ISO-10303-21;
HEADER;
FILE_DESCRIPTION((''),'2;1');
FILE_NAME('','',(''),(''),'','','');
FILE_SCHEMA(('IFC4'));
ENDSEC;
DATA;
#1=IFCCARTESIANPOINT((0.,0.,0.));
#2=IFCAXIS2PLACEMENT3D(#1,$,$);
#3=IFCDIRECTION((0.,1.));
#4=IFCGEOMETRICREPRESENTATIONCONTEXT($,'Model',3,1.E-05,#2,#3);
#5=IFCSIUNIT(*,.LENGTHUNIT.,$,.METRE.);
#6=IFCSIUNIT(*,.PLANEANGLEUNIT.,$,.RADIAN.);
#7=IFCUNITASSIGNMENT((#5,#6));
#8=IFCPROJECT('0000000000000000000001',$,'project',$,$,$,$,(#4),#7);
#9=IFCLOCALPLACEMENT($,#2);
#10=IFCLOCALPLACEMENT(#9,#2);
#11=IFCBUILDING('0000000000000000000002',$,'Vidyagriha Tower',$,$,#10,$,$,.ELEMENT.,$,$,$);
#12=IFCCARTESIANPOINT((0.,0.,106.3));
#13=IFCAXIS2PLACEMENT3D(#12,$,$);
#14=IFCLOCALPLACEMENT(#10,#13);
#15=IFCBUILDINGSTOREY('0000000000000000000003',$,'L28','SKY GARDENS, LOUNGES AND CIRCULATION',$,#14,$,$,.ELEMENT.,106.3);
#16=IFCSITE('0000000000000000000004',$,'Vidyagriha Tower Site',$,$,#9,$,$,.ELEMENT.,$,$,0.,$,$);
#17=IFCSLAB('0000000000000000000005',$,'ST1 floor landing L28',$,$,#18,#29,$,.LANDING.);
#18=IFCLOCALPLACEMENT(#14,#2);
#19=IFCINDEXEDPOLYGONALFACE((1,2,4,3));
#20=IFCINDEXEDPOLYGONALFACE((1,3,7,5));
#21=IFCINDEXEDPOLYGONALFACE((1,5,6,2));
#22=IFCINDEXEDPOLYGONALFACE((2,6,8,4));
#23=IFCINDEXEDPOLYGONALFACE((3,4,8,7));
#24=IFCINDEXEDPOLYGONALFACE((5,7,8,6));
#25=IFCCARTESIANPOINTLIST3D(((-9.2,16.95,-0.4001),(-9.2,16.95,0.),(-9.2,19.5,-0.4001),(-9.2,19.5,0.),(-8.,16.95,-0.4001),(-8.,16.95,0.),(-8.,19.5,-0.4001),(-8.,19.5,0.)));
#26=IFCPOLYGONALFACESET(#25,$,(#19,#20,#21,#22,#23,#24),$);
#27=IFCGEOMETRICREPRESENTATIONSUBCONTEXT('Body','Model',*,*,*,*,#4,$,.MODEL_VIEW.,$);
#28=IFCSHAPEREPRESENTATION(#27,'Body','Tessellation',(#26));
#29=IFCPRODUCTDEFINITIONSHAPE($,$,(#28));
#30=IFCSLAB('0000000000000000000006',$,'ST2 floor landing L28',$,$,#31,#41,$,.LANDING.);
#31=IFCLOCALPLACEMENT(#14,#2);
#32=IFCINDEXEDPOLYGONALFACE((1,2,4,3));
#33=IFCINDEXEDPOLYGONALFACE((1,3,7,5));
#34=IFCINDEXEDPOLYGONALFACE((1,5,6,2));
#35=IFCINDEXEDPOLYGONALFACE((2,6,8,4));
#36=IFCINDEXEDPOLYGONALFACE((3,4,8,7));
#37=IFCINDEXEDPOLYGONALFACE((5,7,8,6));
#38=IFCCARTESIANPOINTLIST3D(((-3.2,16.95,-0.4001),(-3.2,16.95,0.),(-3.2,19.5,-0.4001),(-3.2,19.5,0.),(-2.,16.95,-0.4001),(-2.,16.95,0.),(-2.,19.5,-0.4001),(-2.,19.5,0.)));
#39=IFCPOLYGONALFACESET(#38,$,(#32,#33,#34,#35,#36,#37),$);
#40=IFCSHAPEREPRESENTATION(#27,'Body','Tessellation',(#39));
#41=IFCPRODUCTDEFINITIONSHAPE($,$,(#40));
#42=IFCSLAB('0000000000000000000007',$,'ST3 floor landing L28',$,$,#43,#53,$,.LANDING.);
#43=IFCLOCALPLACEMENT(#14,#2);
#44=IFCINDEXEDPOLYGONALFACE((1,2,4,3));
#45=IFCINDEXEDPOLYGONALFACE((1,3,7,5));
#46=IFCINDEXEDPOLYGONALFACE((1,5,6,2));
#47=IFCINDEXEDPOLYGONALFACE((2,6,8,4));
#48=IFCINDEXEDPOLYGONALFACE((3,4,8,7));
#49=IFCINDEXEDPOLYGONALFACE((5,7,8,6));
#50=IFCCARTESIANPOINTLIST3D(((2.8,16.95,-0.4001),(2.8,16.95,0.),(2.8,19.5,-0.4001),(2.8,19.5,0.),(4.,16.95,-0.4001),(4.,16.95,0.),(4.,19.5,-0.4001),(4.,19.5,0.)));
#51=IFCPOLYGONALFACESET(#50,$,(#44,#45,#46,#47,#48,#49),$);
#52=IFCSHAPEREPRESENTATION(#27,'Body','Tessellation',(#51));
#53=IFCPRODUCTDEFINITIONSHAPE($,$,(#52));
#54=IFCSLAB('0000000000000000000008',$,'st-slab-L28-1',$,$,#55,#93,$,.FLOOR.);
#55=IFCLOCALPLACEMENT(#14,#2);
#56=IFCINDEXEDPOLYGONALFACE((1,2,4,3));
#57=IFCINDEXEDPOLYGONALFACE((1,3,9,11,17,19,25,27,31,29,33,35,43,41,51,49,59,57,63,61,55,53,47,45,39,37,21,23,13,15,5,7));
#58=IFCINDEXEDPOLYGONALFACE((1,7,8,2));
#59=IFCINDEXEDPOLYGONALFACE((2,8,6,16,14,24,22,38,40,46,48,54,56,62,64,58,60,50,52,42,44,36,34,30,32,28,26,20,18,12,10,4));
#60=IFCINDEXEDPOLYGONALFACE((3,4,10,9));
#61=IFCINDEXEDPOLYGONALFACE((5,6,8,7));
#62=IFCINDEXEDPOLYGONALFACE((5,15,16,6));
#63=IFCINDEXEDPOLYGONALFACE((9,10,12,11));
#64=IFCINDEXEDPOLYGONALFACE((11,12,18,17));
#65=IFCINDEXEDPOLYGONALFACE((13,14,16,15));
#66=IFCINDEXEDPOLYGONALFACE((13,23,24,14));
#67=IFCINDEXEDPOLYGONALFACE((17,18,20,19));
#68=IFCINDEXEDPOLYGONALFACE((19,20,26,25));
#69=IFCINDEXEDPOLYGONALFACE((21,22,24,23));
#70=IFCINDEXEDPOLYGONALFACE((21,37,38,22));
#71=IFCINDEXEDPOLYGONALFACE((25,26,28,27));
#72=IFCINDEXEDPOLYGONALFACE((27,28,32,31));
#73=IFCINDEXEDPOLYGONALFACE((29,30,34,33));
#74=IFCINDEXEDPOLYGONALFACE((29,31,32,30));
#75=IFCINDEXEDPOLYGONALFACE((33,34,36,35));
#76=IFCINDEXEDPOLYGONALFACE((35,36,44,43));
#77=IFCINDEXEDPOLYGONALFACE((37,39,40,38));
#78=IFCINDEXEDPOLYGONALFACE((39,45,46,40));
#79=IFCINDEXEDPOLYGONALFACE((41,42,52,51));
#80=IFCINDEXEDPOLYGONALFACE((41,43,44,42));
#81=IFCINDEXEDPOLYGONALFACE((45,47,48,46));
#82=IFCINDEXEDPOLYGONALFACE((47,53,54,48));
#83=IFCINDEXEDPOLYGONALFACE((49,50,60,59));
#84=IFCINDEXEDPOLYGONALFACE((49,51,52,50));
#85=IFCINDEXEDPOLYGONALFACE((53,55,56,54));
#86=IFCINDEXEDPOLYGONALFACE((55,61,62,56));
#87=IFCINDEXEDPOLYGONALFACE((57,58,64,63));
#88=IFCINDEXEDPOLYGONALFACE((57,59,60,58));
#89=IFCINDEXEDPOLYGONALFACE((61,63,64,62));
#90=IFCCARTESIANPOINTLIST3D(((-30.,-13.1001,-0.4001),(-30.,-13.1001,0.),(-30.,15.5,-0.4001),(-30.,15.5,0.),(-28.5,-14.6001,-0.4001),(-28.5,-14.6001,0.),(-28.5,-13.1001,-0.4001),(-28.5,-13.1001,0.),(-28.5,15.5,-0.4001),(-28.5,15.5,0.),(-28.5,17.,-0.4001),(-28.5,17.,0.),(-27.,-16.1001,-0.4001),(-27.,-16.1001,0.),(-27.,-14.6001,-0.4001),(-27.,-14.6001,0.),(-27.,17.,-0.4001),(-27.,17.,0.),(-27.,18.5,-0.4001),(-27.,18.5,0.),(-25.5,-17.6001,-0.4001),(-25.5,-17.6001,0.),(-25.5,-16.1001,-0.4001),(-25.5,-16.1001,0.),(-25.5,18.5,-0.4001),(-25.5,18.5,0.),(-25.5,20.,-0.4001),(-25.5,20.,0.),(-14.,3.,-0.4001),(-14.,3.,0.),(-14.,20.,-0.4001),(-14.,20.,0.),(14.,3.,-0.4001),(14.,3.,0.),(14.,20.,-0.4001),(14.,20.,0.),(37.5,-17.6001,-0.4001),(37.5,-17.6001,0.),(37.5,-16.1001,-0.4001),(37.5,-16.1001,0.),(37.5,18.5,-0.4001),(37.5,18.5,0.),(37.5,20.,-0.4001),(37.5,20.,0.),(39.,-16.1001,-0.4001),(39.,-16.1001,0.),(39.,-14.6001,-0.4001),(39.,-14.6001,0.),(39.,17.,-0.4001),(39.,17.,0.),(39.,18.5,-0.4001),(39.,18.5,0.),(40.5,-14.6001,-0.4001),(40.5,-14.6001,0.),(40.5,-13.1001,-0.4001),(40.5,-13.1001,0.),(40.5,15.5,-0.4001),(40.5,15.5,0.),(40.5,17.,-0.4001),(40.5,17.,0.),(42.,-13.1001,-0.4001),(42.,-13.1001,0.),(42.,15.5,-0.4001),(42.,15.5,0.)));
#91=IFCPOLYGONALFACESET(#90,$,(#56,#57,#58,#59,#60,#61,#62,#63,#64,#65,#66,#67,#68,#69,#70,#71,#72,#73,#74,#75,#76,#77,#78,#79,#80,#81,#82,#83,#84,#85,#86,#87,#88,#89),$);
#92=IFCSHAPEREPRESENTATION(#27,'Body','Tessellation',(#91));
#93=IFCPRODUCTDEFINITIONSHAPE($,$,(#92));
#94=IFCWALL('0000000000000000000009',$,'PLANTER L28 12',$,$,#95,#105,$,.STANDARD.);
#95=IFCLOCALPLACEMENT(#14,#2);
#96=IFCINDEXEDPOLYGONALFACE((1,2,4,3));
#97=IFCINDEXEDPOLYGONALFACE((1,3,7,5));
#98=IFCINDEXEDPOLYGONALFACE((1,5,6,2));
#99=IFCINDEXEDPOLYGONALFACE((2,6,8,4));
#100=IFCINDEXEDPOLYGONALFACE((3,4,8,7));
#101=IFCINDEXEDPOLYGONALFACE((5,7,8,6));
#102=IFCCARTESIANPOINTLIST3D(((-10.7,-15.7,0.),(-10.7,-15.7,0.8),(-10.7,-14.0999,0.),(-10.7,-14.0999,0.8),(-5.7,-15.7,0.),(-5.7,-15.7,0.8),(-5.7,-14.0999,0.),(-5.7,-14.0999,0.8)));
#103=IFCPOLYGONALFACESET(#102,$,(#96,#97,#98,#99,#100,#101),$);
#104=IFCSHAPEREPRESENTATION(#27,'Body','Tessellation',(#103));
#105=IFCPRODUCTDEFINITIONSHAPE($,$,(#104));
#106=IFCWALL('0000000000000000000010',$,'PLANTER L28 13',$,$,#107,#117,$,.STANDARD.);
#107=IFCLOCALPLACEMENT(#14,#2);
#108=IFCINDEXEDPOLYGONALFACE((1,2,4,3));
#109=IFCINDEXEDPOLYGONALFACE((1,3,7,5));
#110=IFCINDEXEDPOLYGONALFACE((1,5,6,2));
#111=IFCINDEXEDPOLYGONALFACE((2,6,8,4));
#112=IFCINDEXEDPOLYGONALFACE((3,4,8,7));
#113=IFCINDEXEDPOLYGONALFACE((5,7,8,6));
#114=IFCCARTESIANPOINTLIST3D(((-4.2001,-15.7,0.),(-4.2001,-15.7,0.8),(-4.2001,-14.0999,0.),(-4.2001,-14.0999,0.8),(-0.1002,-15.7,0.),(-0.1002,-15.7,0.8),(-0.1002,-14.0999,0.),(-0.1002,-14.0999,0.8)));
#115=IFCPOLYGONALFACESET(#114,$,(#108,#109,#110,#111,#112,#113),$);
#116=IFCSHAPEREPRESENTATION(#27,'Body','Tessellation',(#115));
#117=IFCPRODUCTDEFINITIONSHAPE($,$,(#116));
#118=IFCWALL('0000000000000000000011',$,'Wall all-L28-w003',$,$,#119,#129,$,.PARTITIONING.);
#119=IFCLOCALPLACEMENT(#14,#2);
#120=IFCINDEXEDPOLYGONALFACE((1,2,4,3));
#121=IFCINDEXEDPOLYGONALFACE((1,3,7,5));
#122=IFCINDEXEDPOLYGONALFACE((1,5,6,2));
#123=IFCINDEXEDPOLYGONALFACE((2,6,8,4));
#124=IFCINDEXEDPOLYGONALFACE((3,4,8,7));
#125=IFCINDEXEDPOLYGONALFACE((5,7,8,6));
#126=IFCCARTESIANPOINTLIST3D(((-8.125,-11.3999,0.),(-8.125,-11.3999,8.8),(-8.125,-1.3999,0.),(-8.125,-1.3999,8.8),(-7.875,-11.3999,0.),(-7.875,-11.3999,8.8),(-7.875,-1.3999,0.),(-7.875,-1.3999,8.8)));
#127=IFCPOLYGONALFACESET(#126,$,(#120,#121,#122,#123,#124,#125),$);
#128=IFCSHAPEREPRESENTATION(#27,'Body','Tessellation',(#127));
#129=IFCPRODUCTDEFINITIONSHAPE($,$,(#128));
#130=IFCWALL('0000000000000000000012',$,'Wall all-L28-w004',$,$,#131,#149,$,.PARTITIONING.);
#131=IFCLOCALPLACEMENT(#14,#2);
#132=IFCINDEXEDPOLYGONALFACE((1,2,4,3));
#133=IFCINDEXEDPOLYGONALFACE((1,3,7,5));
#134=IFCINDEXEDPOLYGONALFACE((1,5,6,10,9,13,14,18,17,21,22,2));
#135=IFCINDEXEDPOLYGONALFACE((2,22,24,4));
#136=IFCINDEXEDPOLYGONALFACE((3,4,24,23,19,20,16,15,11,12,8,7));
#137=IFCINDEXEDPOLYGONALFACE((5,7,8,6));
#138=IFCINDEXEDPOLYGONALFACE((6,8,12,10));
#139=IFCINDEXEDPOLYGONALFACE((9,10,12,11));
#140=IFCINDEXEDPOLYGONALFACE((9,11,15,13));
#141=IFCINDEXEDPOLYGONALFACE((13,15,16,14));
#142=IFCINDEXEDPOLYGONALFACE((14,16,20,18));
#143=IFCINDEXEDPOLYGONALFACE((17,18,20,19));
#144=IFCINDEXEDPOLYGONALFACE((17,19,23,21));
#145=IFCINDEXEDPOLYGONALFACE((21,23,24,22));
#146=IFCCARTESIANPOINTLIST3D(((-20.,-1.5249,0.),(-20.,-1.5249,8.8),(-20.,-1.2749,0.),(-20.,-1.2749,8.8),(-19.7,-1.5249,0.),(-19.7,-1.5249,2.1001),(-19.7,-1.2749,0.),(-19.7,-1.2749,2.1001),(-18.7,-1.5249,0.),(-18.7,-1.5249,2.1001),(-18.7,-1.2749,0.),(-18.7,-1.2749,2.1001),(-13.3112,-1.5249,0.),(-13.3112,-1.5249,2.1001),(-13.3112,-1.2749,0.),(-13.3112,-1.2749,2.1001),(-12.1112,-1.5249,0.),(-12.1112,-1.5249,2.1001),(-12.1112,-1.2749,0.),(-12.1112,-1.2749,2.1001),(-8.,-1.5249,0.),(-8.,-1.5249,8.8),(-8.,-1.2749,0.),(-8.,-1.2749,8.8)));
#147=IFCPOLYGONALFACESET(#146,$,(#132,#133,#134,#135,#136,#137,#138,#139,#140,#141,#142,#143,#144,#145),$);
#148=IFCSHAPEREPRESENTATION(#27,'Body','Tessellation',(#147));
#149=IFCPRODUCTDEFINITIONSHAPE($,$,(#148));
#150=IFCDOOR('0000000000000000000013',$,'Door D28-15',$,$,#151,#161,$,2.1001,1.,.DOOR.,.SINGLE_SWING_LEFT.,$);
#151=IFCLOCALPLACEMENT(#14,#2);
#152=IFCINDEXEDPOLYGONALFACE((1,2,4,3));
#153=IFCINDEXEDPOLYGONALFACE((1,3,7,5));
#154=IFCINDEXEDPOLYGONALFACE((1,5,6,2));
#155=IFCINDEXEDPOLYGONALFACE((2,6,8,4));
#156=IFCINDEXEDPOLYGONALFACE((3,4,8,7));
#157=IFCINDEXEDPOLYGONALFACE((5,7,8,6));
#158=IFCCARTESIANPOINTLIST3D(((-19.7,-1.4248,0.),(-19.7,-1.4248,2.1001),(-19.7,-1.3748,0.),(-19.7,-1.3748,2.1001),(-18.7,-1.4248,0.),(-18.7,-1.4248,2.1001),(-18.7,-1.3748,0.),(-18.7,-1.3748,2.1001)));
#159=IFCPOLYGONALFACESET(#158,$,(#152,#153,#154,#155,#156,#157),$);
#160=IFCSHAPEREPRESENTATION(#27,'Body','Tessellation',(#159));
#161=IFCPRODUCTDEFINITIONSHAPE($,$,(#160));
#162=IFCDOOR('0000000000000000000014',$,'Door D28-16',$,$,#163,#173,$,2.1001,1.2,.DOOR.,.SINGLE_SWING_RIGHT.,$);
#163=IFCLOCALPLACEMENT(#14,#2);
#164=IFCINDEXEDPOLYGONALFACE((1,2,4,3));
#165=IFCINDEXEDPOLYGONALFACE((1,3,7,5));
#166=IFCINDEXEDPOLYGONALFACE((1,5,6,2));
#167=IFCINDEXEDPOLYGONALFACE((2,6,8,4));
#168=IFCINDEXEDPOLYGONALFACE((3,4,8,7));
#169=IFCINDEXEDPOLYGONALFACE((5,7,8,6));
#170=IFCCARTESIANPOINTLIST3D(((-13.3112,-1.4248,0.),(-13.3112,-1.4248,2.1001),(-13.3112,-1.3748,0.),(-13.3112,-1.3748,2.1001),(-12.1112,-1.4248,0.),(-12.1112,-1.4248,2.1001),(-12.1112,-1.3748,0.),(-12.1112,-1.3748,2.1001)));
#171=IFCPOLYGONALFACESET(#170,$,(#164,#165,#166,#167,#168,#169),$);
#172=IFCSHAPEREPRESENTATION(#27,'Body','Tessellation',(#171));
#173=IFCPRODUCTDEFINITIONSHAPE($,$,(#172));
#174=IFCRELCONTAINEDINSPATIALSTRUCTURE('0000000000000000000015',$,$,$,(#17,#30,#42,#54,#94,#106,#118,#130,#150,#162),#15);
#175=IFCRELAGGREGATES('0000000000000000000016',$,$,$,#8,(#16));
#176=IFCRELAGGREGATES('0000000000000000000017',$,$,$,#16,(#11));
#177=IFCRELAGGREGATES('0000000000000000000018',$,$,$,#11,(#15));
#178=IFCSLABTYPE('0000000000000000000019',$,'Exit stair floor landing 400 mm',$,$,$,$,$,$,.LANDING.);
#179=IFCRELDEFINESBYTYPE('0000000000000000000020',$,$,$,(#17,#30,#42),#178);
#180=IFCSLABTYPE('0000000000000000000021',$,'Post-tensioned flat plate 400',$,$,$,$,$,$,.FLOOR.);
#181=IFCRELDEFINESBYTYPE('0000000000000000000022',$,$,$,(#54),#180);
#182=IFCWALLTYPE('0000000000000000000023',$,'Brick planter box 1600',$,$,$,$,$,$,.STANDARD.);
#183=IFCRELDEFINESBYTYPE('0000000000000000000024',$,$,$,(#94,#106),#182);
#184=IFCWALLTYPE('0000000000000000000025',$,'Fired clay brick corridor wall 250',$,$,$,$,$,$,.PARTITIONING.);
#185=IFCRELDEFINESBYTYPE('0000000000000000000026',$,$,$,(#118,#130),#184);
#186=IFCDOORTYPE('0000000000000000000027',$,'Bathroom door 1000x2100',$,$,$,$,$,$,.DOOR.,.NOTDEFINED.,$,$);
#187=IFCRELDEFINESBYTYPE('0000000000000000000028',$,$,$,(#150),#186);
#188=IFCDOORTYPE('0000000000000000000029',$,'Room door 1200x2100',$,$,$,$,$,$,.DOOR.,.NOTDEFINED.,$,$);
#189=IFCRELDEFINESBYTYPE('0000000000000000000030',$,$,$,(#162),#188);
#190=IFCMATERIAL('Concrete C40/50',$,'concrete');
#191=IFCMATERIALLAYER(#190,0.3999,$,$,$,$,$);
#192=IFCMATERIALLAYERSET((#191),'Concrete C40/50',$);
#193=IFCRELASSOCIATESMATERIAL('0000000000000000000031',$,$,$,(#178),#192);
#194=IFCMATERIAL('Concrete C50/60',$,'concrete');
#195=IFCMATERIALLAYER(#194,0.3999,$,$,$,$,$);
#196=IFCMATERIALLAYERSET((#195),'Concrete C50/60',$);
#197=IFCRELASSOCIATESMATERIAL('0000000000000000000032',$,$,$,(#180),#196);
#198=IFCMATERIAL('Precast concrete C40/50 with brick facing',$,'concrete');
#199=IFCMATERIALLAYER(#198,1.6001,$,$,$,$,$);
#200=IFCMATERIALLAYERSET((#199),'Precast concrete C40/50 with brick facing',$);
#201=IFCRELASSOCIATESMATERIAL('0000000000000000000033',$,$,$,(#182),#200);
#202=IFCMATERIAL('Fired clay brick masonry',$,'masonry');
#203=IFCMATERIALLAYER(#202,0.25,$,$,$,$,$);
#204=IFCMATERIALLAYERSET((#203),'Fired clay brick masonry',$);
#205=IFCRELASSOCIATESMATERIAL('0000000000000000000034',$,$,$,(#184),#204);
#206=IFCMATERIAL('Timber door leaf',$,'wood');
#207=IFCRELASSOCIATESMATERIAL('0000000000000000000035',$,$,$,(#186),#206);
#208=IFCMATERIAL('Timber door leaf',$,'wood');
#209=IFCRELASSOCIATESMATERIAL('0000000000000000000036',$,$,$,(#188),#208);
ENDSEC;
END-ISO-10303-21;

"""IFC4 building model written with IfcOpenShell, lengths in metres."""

from ifc_helpers import new_model, si_unit, direction, frame, frame_2d, origin, place, context, subcontext, project, spatial, polyline, rectangle, outline, extrude, material, layer, layer_set, type_object, element, fill, save


model = new_model("IFC4")

# Units and contexts
model_context = context("Model", 3, precision=1e-05, world=origin(), true_north=direction((0.0, 1.0)))
body_context = subcontext(model_context, "Body", "Model", "MODEL_VIEW")
ifc_project = project(units=[si_unit("LENGTHUNIT", "METRE"), si_unit("PLANEANGLEUNIT", "RADIAN")], contexts=[model_context])

# Site, building, storey
site_placement = place(None, origin())
site = spatial("IfcSite", under=ifc_project, at=site_placement, Name="Vidyagriha Tower Site", CompositionType="ELEMENT", RefElevation=0.0)
building_placement = place(site_placement, origin())
building = spatial("IfcBuilding", under=site, at=building_placement, Name="Vidyagriha Tower", CompositionType="ELEMENT")
storey_placement = place(building_placement, frame((0.0, 0.0, 106.3)))
storey = spatial("IfcBuildingStorey", under=building, at=storey_placement, Name="L28", Description="SKY GARDENS, LOUNGES AND CIRCULATION", CompositionType="ELEMENT", Elevation=106.3)

# Slabs
ifc_material_1 = material(Name="Concrete C40/50", Category="concrete")
ifc_layer_1 = layer(ifc_material_1, 0.3999)
ifc_layer_set_1 = layer_set([ifc_layer_1], Name="Concrete C40/50")
slab_type_1 = type_object("IfcSlabType", Name="Exit stair floor landing 400 mm", PredefinedType="LANDING", material=ifc_layer_set_1)
slab_1_placement = place(storey_placement, frame((0.0, 0.0, -0.4001)))
element("IfcSlab", 1, at=slab_1_placement, inside=storey, type_object=slab_type_1, Name="ST1 floor landing L28", PredefinedType="LANDING", context=body_context, shape_type="SweptSolid", body=[
    extrude(outline(polyline([(-9.2, 16.95), (-8.0, 16.95), (-8.0, 19.5), (-9.2, 19.5), (-9.2, 16.95)])), origin(), (0.0, 0.0, 1.0), 0.4001),
])
slab_2_placement = place(storey_placement, frame((0.0, 0.0, -0.4001)))
element("IfcSlab", 2, at=slab_2_placement, inside=storey, type_object=slab_type_1, Name="ST2 floor landing L28", PredefinedType="LANDING", context=body_context, shape_type="SweptSolid", body=[
    extrude(outline(polyline([(-3.2, 16.95), (-2.0, 16.95), (-2.0, 19.5), (-3.2, 19.5), (-3.2, 16.95)])), origin(), (0.0, 0.0, 1.0), 0.4001),
])
slab_3_placement = place(storey_placement, frame((0.0, 0.0, -0.4001)))
element("IfcSlab", 3, at=slab_3_placement, inside=storey, type_object=slab_type_1, Name="ST3 floor landing L28", PredefinedType="LANDING", context=body_context, shape_type="SweptSolid", body=[
    extrude(outline(polyline([(2.8, 16.95), (4.0, 16.95), (4.0, 19.5), (2.8, 19.5), (2.8, 16.95)])), origin(), (0.0, 0.0, 1.0), 0.4001),
])
ifc_material_2 = material(Name="Concrete C50/60", Category="concrete")
ifc_layer_2 = layer(ifc_material_2, 0.3999)
ifc_layer_set_2 = layer_set([ifc_layer_2], Name="Concrete C50/60")
slab_type_2 = type_object("IfcSlabType", Name="Post-tensioned flat plate 400", PredefinedType="FLOOR", material=ifc_layer_set_2)
slab_4_placement = place(storey_placement, frame((0.0, 0.0, -0.4001)))
element("IfcSlab", 4, at=slab_4_placement, inside=storey, type_object=slab_type_2, Name="st-slab-L28-1", PredefinedType="FLOOR", context=body_context, shape_type="SweptSolid", body=[
    extrude(outline(polyline([(40.5, -13.1001), (40.5, -14.6001), (39.0, -14.6001), (39.0, -16.1001), (37.5, -16.1001), (37.5, -17.6001), (-25.5, -17.6001), (-25.5, -16.1001), (-27.0, -16.1001), (-27.0, -14.6001), (-28.5, -14.6001), (-28.5, -13.1001), (-30.0, -13.1001), (-30.0, 15.5), (-28.5, 15.5), (-28.5, 17.0), (-27.0, 17.0), (-27.0, 18.5), (-25.5, 18.5), (-25.5, 20.0), (-14.0, 20.0), (-14.0, 3.0), (14.0, 3.0), (14.0, 20.0), (37.5, 20.0), (37.5, 18.5), (39.0, 18.5), (39.0, 17.0), (40.5, 17.0), (40.5, 15.5), (42.0, 15.5), (42.0, -13.1001), (40.5, -13.1001)])), origin(), (0.0, 0.0, 1.0), 0.4001),
])

# Walls
ifc_material_3 = material(Name="Precast concrete C40/50 with brick facing", Category="concrete")
ifc_layer_3 = layer(ifc_material_3, 1.6001)
ifc_layer_set_3 = layer_set([ifc_layer_3], Name="Precast concrete C40/50 with brick facing")
wall_type_1 = type_object("IfcWallType", Name="Brick planter box 1600", PredefinedType="STANDARD", material=ifc_layer_set_3)
wall_1_placement = place(storey_placement, frame((-10.7, -14.8999, 0.0)))
element("IfcWall", 5, at=wall_1_placement, inside=storey, type_object=wall_type_1, Name="PLANTER L28 12", PredefinedType="STANDARD", context=body_context, shape_type="SweptSolid", body=[
    extrude(rectangle(XDim=5.0, YDim=1.6001, at=frame_2d((2.5, 0.0))), origin(), (0.0, 0.0, 1.0), 0.8),
])
wall_2_placement = place(storey_placement, frame((-4.2, -14.8999, 0.0)))
element("IfcWall", 6, at=wall_2_placement, inside=storey, type_object=wall_type_1, Name="PLANTER L28 13", PredefinedType="STANDARD", context=body_context, shape_type="SweptSolid", body=[
    extrude(rectangle(XDim=4.0999, YDim=1.6001, at=frame_2d((2.0498, 0.0))), origin(), (0.0, 0.0, 1.0), 0.8),
])
ifc_material_4 = material(Name="Fired clay brick masonry", Category="masonry")
ifc_layer_4 = layer(ifc_material_4, 0.25)
ifc_layer_set_4 = layer_set([ifc_layer_4], Name="Fired clay brick masonry")
wall_type_2 = type_object("IfcWallType", Name="Fired clay brick corridor wall 250", PredefinedType="PARTITIONING", material=ifc_layer_set_4)
wall_3_placement = place(storey_placement, frame((-8.0, -11.3999, 0.0), z_axis=(0.0, 0.0, 1.0), x_axis=(0.0, 1.0, 0.0)))
element("IfcWall", 7, at=wall_3_placement, inside=storey, type_object=wall_type_2, Name="Wall all-L28-w003", PredefinedType="PARTITIONING", context=body_context, shape_type="SweptSolid", body=[
    extrude(rectangle(XDim=10.0, YDim=0.25, at=frame_2d((5.0, 0.0))), origin(), (0.0, 0.0, 1.0), 8.8),
])

# Wall, openings, doors
wall_4_placement = place(storey_placement, frame((-8.0, -1.3999, 0.0), z_axis=(0.0, 0.0, 1.0), x_axis=(-1.0, 0.0, 0.0)))
wall_4 = element("IfcWall", 8, at=wall_4_placement, inside=storey, type_object=wall_type_2, Name="Wall all-L28-w004", PredefinedType="PARTITIONING", context=body_context, shape_type="SweptSolid", body=[
    extrude(rectangle(XDim=12.0, YDim=0.25, at=frame_2d((6.0, 0.0))), origin(), (0.0, 0.0, 1.0), 8.8),
])
opening_1_placement = place(wall_4_placement, frame((10.7, 0.0, 0.0)))
opening_1 = element("IfcOpeningElement", 9, at=opening_1_placement, cuts=wall_4, PredefinedType="OPENING", context=body_context, shape_type="SweptSolid", body=[
    extrude(rectangle(XDim=1.0, YDim=2.1001, at=frame_2d((0.5, 1.05))), frame((0.0, 0.135, 0.0), z_axis=(0.0, -1.0, 0.0), x_axis=(1.0, 0.0, 0.0)), (0.0, 0.0, 1.0), 0.27),
])
opening_2_placement = place(wall_4_placement, frame((4.1111, 0.0, 0.0)))
opening_2 = element("IfcOpeningElement", 10, at=opening_2_placement, cuts=wall_4, PredefinedType="OPENING", context=body_context, shape_type="SweptSolid", body=[
    extrude(rectangle(XDim=1.2, YDim=2.1001, at=frame_2d((0.6001, 1.05))), frame((0.0, 0.135, 0.0), z_axis=(0.0, -1.0, 0.0), x_axis=(1.0, 0.0, 0.0)), (0.0, 0.0, 1.0), 0.27),
])
ifc_material_5 = material(Name="Timber door leaf", Category="wood")
door_type_1 = type_object("IfcDoorType", Name="Bathroom door 1000x2100", OperationType="NOTDEFINED", PredefinedType="DOOR", material=ifc_material_5)
door_1_placement = place(opening_1_placement, origin())
door_1 = element("IfcDoor", 11, at=door_1_placement, inside=storey, type_object=door_type_1, Name="Door D28-15", OperationType="SINGLE_SWING_LEFT", OverallHeight=2.1001, OverallWidth=1.0, PredefinedType="DOOR", context=body_context, shape_type="SweptSolid", body=[
    extrude(rectangle(XDim=1.0, YDim=2.1001, at=frame_2d((0.5, 1.05))), frame((0.0, 0.0249, 0.0), z_axis=(0.0, -1.0, 0.0), x_axis=(1.0, 0.0, 0.0)), (0.0, 0.0, 1.0), 0.05),
])
fill(opening_1, door_1)
ifc_material_6 = material(Name="Timber door leaf", Category="wood")
door_type_2 = type_object("IfcDoorType", Name="Room door 1200x2100", OperationType="NOTDEFINED", PredefinedType="DOOR", material=ifc_material_6)
door_2_placement = place(opening_2_placement, origin())
door_2 = element("IfcDoor", 12, at=door_2_placement, inside=storey, type_object=door_type_2, Name="Door D28-16", OperationType="SINGLE_SWING_RIGHT", OverallHeight=2.1001, OverallWidth=1.2, PredefinedType="DOOR", context=body_context, shape_type="SweptSolid", body=[
    extrude(rectangle(XDim=1.2, YDim=2.1001, at=frame_2d((0.6001, 1.05))), frame((0.0, 0.0249, 0.0), z_axis=(0.0, -1.0, 0.0), x_axis=(1.0, 0.0, 0.0)), (0.0, 0.0, 1.0), 0.05),
])
fill(opening_2, door_2)

save(model, "model.ifc")
